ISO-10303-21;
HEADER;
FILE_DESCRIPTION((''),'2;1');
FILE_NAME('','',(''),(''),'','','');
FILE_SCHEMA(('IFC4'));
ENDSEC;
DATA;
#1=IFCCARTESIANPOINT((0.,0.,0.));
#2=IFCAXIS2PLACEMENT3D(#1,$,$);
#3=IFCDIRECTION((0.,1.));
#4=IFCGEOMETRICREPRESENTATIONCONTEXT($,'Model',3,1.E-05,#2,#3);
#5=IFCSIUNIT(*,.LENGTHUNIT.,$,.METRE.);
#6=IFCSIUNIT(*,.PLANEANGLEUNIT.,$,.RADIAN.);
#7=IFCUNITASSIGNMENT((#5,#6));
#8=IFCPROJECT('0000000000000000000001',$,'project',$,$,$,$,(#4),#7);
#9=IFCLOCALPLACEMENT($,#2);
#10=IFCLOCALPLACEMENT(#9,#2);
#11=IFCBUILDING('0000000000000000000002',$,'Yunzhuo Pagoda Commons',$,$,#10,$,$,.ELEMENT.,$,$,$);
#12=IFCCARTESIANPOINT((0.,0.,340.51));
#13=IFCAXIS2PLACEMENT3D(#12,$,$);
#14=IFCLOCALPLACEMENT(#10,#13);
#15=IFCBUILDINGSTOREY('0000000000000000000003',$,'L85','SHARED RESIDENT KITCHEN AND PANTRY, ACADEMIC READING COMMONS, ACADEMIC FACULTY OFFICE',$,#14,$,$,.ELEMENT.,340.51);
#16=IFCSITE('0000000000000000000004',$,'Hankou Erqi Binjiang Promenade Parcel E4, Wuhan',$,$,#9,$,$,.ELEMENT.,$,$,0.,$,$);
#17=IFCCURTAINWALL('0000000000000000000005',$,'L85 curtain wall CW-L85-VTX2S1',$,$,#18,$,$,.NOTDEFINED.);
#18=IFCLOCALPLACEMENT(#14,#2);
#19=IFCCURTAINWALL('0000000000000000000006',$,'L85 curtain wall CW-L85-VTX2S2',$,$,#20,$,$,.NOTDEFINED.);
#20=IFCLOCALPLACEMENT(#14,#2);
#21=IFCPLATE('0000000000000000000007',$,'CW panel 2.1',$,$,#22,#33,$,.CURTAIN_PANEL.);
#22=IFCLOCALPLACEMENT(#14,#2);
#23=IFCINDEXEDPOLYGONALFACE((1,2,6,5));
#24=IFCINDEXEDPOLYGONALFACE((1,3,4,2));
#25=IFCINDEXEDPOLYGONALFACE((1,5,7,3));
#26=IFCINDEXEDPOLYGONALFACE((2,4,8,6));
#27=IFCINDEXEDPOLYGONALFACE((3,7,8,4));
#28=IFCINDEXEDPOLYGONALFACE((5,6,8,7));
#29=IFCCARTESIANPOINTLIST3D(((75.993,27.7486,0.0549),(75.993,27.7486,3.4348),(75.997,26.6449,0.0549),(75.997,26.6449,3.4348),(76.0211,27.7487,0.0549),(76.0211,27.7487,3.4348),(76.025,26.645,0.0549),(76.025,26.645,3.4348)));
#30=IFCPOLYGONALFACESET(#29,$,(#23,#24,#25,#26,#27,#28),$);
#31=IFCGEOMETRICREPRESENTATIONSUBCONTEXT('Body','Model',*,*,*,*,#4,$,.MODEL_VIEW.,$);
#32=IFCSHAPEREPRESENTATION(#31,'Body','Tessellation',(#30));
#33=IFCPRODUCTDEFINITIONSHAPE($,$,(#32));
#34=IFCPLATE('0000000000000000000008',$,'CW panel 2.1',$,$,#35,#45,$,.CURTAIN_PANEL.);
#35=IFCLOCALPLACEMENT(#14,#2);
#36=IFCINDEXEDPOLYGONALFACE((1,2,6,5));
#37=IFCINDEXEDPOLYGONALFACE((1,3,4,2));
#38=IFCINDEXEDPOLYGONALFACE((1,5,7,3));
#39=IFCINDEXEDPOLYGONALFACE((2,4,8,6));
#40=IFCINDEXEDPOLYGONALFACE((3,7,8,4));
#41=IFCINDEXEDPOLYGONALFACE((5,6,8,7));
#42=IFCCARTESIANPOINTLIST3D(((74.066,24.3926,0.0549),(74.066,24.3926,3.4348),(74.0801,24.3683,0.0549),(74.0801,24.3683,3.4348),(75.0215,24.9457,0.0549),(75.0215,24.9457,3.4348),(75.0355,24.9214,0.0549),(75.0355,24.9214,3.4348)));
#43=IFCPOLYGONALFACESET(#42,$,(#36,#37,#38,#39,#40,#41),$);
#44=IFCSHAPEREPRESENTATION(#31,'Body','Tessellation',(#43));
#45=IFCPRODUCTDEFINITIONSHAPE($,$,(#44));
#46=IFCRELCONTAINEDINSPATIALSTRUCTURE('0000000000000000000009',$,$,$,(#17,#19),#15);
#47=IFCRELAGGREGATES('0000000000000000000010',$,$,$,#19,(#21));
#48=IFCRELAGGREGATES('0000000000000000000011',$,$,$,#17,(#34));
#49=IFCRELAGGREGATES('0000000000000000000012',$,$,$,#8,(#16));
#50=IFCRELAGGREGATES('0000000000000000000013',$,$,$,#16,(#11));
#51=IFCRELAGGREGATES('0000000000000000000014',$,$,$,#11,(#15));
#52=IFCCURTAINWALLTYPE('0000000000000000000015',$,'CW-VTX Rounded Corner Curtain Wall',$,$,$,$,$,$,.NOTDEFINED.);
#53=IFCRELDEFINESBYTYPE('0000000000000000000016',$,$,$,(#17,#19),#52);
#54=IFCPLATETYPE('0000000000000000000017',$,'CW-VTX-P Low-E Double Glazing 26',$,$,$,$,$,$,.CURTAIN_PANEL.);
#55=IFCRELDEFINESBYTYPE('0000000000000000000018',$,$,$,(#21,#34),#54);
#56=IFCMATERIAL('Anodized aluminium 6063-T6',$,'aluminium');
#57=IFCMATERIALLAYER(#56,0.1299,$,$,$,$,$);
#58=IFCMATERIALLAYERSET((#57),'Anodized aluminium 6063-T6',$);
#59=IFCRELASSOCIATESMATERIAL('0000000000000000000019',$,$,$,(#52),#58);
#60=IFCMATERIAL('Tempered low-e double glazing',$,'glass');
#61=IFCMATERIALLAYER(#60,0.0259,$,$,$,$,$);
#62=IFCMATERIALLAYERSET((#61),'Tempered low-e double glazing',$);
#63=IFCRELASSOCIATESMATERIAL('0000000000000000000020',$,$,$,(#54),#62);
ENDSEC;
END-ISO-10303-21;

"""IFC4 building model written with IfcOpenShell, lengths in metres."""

from ifc_helpers import new_model, si_unit, direction, frame, origin, origin_2d, place, context, subcontext, project, spatial, rectangle, extrude, source, transform, mapped, material, layer, layer_set, type_object, element, aggregate, save


model = new_model("IFC4")

# Units and contexts
model_context = context("Model", 3, precision=1e-05, world=origin(), true_north=direction((0.0, 1.0)))
body_context = subcontext(model_context, "Body", "Model", "MODEL_VIEW")
ifc_project = project(units=[si_unit("LENGTHUNIT", "METRE"), si_unit("PLANEANGLEUNIT", "RADIAN")], contexts=[model_context])

# Site, building, storey
site_placement = place(None, origin())
site = spatial("IfcSite", under=ifc_project, at=site_placement, Name="Hankou Erqi Binjiang Promenade Parcel E4, Wuhan", CompositionType="ELEMENT", RefElevation=0.0)
building_placement = place(site_placement, origin())
building = spatial("IfcBuilding", under=site, at=building_placement, Name="Yunzhuo Pagoda Commons", CompositionType="ELEMENT")
storey_placement = place(building_placement, frame((0.0, 0.0, 340.51)))
storey = spatial("IfcBuildingStorey", under=building, at=storey_placement, Name="L85", Description="SHARED RESIDENT KITCHEN AND PANTRY, ACADEMIC READING COMMONS, ACADEMIC FACULTY OFFICE", CompositionType="ELEMENT", Elevation=340.51)

# Shared definitions
ifc_material_1 = material(Name="Anodized aluminium 6063-T6", Category="aluminium")

# Curtain wall
ifc_layer_1 = layer(ifc_material_1, 0.1299)
ifc_layer_set_1 = layer_set([ifc_layer_1], Name="Anodized aluminium 6063-T6")
curtain_wall_type_1 = type_object("IfcCurtainWallType", Name="CW-VTX Rounded Corner Curtain Wall", PredefinedType="NOTDEFINED", material=ifc_layer_set_1)
curtain_wall_1_placement = place(storey_placement, origin())
curtain_wall_1 = element("IfcCurtainWall", 1, at=curtain_wall_1_placement, inside=storey, type_object=curtain_wall_type_1, Name="L85 curtain wall CW-L85-VTX2S1", PredefinedType="NOTDEFINED")

# Curtain wall
curtain_wall_2_placement = place(storey_placement, origin())
curtain_wall_2 = element("IfcCurtainWall", 2, at=curtain_wall_2_placement, inside=storey, type_object=curtain_wall_type_1, Name="L85 curtain wall CW-L85-VTX2S2", PredefinedType="NOTDEFINED")

# Plates
ifc_material_2 = material(Name="Tempered low-e double glazing", Category="glass")
ifc_layer_2 = layer(ifc_material_2, 0.0259)
ifc_layer_set_2 = layer_set([ifc_layer_2], Name="Tempered low-e double glazing")
plate_type = type_object("IfcPlateType", Name="CW-VTX-P Low-E Double Glazing 26", PredefinedType="CURTAIN_PANEL", material=ifc_layer_set_2)
shared_shape_1 = source(origin(), body_context, "Body", "SweptSolid", [
    extrude(rectangle(XDim=1.1038, YDim=0.0281, at=origin_2d()), origin(), (0.0, 0.0, 1.0), 3.3799),
])
plate_1_placement = place(storey_placement, frame((76.009, 27.1968, 0.0549), z_axis=(0.0, 0.0, 1.0), x_axis=(-0.003567, 0.999994, 0.0)))
plate_1 = element("IfcPlate", 3, at=plate_1_placement, type_object=plate_type, Name="CW panel 2.1", PredefinedType="CURTAIN_PANEL", context=body_context, shape_type="MappedRepresentation", body=[
    mapped(shared_shape_1, transform((0.0, 0.0, 0.0), scale=1.0)),
])
aggregate(curtain_wall_2, [plate_1])
shared_shape_2 = source(origin(), body_context, "Body", "SweptSolid", [
    extrude(rectangle(XDim=1.104, YDim=0.0281, at=origin_2d()), origin(), (0.0, 0.0, 1.0), 3.3799),
])
plate_2_placement = place(storey_placement, frame((74.5508, 24.657, 0.0549), z_axis=(0.0, 0.0, 1.0), x_axis=(0.865431, 0.501028, 0.0)))
plate_2 = element("IfcPlate", 4, at=plate_2_placement, type_object=plate_type, Name="CW panel 2.1", PredefinedType="CURTAIN_PANEL", context=body_context, shape_type="MappedRepresentation", body=[
    mapped(shared_shape_2, transform((0.0, 0.0, 0.0), scale=1.0)),
])
aggregate(curtain_wall_1, [plate_2])

save(model, "model.ifc")
